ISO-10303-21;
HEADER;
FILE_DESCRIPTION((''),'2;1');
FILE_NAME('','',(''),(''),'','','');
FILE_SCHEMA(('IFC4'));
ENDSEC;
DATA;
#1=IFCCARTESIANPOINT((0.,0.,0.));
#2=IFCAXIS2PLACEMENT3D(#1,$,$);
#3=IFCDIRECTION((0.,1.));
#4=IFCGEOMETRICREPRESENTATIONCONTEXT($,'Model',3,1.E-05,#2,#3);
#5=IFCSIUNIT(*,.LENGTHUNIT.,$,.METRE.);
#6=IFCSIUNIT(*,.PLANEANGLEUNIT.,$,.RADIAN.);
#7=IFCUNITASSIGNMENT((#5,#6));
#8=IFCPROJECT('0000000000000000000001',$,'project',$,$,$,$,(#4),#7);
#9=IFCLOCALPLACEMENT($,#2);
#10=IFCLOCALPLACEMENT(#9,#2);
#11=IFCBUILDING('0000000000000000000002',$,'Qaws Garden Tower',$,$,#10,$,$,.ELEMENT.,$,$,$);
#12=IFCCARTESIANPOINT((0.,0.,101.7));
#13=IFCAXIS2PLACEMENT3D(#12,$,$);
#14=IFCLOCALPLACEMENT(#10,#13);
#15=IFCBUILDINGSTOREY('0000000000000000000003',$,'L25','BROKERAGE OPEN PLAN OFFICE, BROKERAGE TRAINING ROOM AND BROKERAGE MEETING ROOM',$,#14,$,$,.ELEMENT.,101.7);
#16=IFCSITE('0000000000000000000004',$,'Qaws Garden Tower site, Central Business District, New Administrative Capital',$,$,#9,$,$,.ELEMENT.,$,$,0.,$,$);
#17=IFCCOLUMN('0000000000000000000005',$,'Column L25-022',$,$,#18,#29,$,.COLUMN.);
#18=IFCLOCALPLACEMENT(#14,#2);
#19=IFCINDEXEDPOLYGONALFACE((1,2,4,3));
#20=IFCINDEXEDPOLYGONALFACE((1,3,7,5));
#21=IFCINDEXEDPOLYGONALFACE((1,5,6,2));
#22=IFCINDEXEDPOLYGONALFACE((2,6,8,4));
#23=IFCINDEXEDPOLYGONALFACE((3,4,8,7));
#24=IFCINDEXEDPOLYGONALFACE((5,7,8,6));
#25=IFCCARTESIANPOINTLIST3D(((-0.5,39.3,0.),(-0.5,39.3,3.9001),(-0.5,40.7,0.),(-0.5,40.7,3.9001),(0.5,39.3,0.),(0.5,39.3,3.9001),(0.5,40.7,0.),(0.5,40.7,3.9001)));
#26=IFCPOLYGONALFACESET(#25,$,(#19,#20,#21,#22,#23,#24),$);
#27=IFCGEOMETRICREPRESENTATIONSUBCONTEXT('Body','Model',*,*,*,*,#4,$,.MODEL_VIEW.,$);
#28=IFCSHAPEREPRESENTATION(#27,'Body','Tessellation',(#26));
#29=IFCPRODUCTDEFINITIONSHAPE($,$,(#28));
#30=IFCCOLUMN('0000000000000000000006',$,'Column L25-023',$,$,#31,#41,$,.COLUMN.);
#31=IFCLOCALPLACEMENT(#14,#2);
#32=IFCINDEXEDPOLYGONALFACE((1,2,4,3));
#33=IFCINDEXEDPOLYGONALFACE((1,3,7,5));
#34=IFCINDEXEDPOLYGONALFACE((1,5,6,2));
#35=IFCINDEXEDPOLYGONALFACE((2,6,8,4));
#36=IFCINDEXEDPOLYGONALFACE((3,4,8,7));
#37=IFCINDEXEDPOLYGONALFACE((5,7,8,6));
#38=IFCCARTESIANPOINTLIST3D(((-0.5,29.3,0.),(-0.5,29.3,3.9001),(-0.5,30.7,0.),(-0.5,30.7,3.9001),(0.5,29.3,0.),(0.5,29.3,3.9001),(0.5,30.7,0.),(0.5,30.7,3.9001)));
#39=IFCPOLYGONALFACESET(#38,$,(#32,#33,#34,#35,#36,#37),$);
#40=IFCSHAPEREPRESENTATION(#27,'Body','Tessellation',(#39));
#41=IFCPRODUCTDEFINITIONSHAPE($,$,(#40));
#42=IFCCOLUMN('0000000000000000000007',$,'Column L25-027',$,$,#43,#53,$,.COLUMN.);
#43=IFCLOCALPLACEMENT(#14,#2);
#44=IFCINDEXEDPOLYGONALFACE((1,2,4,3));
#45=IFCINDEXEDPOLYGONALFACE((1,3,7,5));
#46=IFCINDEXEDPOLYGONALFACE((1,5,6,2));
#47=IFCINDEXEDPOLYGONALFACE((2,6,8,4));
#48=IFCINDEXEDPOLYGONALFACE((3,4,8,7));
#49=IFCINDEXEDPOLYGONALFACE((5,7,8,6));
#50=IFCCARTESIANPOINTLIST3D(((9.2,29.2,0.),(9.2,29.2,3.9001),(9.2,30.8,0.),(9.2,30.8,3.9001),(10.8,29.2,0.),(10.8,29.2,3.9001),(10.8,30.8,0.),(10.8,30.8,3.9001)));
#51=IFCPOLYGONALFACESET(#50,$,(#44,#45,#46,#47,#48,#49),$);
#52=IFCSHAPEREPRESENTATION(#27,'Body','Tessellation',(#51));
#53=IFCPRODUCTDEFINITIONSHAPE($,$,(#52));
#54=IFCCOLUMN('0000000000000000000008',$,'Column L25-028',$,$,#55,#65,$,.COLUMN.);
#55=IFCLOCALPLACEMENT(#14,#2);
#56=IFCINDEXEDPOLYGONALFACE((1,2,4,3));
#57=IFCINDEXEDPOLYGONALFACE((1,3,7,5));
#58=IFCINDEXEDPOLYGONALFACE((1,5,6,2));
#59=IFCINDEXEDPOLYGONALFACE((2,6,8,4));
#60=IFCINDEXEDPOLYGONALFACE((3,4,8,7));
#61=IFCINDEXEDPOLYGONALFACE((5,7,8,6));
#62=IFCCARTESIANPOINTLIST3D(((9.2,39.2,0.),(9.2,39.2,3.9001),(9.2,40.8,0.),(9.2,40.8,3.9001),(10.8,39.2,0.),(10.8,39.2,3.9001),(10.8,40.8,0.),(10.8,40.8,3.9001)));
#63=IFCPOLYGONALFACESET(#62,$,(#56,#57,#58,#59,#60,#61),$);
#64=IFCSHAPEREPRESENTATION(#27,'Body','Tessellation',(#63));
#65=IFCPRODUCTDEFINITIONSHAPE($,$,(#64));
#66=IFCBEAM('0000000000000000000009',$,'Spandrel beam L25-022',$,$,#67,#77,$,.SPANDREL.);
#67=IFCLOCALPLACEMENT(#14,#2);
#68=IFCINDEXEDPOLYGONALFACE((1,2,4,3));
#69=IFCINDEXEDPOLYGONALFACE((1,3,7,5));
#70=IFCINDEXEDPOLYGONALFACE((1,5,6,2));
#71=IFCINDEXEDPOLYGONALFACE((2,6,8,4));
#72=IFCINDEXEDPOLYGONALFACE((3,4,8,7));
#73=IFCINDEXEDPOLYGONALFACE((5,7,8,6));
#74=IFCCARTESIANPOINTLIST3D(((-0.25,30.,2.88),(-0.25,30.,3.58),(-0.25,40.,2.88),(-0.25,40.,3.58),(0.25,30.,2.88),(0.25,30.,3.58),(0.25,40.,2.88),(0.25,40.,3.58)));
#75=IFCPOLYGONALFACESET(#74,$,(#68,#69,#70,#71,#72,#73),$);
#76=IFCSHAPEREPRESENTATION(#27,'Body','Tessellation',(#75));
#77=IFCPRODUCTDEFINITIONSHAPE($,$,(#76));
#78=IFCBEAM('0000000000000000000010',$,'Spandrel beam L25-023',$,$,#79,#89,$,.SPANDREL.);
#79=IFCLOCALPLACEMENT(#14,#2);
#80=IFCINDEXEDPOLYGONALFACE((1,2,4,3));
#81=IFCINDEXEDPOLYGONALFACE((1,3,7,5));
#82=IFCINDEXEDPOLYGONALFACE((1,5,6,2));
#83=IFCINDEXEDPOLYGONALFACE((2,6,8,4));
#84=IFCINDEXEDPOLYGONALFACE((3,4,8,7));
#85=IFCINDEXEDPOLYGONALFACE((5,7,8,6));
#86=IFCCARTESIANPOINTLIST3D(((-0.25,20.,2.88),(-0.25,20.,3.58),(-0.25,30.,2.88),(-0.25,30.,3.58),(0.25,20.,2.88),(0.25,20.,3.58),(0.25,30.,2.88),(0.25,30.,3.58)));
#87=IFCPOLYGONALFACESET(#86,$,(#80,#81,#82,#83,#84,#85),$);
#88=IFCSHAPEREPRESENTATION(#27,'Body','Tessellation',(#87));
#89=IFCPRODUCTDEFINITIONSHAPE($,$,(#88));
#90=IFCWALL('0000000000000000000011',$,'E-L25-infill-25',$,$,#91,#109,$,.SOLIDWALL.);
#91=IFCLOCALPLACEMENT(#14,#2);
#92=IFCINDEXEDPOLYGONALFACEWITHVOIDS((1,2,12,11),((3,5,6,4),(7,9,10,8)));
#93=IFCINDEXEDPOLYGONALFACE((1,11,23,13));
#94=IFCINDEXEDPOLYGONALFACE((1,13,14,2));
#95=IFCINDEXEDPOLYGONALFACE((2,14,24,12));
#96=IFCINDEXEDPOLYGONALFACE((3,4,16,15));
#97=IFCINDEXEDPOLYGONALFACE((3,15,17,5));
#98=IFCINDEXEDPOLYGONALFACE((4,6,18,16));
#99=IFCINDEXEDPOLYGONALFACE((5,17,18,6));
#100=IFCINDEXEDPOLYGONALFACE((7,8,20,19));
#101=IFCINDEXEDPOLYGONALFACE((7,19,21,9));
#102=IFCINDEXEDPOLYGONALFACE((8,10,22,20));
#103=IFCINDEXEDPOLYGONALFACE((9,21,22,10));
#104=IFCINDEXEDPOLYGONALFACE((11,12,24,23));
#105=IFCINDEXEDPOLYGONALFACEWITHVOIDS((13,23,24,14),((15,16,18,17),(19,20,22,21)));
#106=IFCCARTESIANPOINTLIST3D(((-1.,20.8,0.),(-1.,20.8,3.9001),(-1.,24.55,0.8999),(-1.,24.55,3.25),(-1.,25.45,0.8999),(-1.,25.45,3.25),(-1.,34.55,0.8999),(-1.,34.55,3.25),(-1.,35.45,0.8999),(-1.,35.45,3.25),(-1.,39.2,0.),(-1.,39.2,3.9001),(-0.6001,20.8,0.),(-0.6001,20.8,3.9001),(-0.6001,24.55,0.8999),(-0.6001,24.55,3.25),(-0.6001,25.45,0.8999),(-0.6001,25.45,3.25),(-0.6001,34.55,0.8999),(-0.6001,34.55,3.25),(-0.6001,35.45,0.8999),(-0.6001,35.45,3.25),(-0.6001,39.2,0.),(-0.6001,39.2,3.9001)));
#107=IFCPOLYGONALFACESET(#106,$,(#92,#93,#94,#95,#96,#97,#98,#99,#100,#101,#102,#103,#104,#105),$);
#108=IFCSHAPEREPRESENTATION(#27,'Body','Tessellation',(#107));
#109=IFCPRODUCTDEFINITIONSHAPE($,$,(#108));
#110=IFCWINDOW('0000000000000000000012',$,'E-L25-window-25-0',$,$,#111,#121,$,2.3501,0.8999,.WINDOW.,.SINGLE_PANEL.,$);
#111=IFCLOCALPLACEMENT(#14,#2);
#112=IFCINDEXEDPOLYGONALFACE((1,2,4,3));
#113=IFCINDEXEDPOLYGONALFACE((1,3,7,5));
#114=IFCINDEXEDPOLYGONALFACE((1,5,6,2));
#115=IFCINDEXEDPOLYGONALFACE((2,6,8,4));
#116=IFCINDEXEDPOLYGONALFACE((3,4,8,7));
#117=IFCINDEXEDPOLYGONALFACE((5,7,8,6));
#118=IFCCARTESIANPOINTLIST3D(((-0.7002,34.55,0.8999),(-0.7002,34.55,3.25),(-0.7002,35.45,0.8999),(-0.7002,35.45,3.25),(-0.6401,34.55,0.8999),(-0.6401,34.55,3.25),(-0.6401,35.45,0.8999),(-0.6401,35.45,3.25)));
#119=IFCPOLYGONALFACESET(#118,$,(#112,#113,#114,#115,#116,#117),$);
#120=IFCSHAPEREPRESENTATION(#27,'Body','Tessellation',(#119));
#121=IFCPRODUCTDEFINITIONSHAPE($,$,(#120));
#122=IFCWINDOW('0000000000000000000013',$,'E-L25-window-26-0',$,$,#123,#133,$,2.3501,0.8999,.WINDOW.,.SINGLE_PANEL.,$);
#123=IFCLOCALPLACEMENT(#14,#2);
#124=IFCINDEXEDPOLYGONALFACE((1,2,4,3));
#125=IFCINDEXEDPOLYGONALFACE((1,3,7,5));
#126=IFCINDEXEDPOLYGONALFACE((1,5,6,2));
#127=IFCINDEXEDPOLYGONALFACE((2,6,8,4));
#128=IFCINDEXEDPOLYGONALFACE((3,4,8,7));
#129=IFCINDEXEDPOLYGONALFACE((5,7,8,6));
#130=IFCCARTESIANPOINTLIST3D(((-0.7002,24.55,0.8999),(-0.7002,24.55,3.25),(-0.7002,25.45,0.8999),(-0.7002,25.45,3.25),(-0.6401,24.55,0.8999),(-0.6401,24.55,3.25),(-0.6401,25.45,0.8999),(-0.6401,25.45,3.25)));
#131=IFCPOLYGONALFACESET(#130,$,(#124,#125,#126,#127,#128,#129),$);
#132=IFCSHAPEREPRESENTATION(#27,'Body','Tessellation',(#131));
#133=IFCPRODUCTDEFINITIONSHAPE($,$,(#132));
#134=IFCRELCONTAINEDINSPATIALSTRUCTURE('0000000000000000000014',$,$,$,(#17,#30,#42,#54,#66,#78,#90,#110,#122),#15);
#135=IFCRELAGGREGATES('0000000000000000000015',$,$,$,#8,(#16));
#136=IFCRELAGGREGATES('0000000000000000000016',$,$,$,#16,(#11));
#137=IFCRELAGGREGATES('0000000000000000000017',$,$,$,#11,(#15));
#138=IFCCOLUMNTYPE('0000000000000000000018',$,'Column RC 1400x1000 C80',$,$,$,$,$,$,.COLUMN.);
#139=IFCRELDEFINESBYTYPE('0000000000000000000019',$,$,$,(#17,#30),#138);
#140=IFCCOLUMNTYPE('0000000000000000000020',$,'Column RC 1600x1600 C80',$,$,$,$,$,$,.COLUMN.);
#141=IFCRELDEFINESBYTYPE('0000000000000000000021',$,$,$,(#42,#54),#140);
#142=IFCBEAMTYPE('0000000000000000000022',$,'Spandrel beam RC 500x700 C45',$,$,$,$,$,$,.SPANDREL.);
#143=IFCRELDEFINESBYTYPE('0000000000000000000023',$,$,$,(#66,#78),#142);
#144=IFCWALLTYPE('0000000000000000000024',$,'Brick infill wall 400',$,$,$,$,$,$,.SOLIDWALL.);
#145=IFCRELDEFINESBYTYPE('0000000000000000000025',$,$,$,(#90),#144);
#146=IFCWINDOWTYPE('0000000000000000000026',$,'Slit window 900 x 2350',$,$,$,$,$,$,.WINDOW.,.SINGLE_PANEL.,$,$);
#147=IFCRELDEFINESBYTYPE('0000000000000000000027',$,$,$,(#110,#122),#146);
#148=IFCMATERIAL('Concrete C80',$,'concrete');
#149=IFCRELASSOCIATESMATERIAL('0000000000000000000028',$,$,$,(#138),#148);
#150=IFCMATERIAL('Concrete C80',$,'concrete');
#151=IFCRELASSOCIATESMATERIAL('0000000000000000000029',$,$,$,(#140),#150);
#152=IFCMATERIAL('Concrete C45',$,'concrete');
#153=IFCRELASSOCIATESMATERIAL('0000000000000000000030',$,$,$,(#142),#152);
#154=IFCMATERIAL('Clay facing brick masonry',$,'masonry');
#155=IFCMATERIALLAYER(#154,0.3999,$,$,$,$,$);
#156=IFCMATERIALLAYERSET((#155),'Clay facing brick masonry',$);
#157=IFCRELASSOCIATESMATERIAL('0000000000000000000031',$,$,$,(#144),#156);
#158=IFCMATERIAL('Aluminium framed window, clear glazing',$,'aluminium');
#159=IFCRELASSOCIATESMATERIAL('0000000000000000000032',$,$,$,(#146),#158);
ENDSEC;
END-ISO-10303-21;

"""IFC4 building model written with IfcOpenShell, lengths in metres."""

from ifc_helpers import new_model, si_unit, direction, frame, frame_2d, origin, origin_2d, place, context, subcontext, project, spatial, rectangle, extrude, material, layer, layer_set, material_profile, profile_set, type_object, element, fill, save


model = new_model("IFC4")

# Units and contexts
model_context = context("Model", 3, precision=1e-05, world=origin(), true_north=direction((0.0, 1.0)))
body_context = subcontext(model_context, "Body", "Model", "MODEL_VIEW")
ifc_project = project(units=[si_unit("LENGTHUNIT", "METRE"), si_unit("PLANEANGLEUNIT", "RADIAN")], contexts=[model_context])

# Site, building, storey
site_placement = place(None, origin())
site = spatial("IfcSite", under=ifc_project, at=site_placement, Name="Qaws Garden Tower site, Central Business District, New Administrative Capital", CompositionType="ELEMENT", RefElevation=0.0)
building_placement = place(site_placement, origin())
building = spatial("IfcBuilding", under=site, at=building_placement, Name="Qaws Garden Tower", CompositionType="ELEMENT")
storey_placement = place(building_placement, frame((0.0, 0.0, 101.7)))
storey = spatial("IfcBuildingStorey", under=building, at=storey_placement, Name="L25", Description="BROKERAGE OPEN PLAN OFFICE, BROKERAGE TRAINING ROOM AND BROKERAGE MEETING ROOM", CompositionType="ELEMENT", Elevation=101.7)

# Columns
ifc_material_1 = material(Name="Concrete C80", Category="concrete")
ifc_material_profile_1 = material_profile(ifc_material_1, rectangle(XDim=1.3999, YDim=1.0, at=origin_2d()), Name="RC 1400x1000")
ifc_profile_set_1 = profile_set([ifc_material_profile_1], Name="Concrete C80")
column_type_1 = type_object("IfcColumnType", Name="Column RC 1400x1000 C80", PredefinedType="COLUMN", material=ifc_profile_set_1)
for number, where, z_axis, x_axis, name in (
    (1, (0.0, 40.0, 0.0), (0.0, 0.0, 1.0), (0.0, 1.0, 0.0), "Column L25-022"),
    (2, (0.0, 30.0, 0.0), (0.0, 0.0, 1.0), (0.0, 1.0, 0.0), "Column L25-023"),
):
    element("IfcColumn", number, at=place(storey_placement, frame(where, z_axis=z_axis, x_axis=x_axis)), inside=storey, type_object=column_type_1, Name=name, PredefinedType="COLUMN", context=body_context, shape_type="SweptSolid", body=[
        extrude(rectangle(XDim=1.3999, YDim=1.0, at=origin_2d()), origin(), (0.0, 0.0, 1.0), 3.9001),
    ])
ifc_material_2 = material(Name="Concrete C80", Category="concrete")
ifc_material_profile_2 = material_profile(ifc_material_2, rectangle(XDim=1.6001, YDim=1.6001, at=origin_2d()), Name="RC 1600x1600")
ifc_profile_set_2 = profile_set([ifc_material_profile_2], Name="Concrete C80")
column_type_2 = type_object("IfcColumnType", Name="Column RC 1600x1600 C80", PredefinedType="COLUMN", material=ifc_profile_set_2)
for number, where, z_axis, x_axis, name in (
    (3, (10.0, 30.0, 0.0), (0.0, 0.0, 1.0), (1.0, 0.0, 0.0), "Column L25-027"),
    (4, (10.0, 40.0, 0.0), (0.0, 0.0, 1.0), (1.0, 0.0, 0.0), "Column L25-028"),
):
    element("IfcColumn", number, at=place(storey_placement, frame(where, z_axis=z_axis, x_axis=x_axis)), inside=storey, type_object=column_type_2, Name=name, PredefinedType="COLUMN", context=body_context, shape_type="SweptSolid", body=[
        extrude(rectangle(XDim=1.6001, YDim=1.6001, at=origin_2d()), origin(), (0.0, 0.0, 1.0), 3.9001),
    ])

# Beams
ifc_material_3 = material(Name="Concrete C45", Category="concrete")
ifc_material_profile_3 = material_profile(ifc_material_3, rectangle(XDim=0.5, YDim=0.7, at=origin_2d()), Name="RC 500x700")
ifc_profile_set_3 = profile_set([ifc_material_profile_3], Name="Concrete C45")
beam_type = type_object("IfcBeamType", Name="Spandrel beam RC 500x700 C45", PredefinedType="SPANDREL", material=ifc_profile_set_3)
for number, where, z_axis, x_axis, name in (
    (5, (0.0, 40.0, 3.23), (0.0, -1.0, 0.0), (1.0, 0.0, 0.0), "Spandrel beam L25-022"),
    (6, (0.0, 30.0, 3.23), (0.0, -1.0, 0.0), (1.0, 0.0, 0.0), "Spandrel beam L25-023"),
):
    element("IfcBeam", number, at=place(storey_placement, frame(where, z_axis=z_axis, x_axis=x_axis)), inside=storey, type_object=beam_type, Name=name, PredefinedType="SPANDREL", context=body_context, shape_type="SweptSolid", body=[
        extrude(rectangle(XDim=0.5, YDim=0.7, at=origin_2d()), origin(), (0.0, 0.0, 1.0), 10.0),
    ])

# Wall, openings, windows
ifc_material_4 = material(Name="Clay facing brick masonry", Category="masonry")
ifc_layer_1 = layer(ifc_material_4, 0.3999)
ifc_layer_set_1 = layer_set([ifc_layer_1], Name="Clay facing brick masonry")
wall_type_1 = type_object("IfcWallType", Name="Brick infill wall 400", PredefinedType="SOLIDWALL", material=ifc_layer_set_1)
wall_1_placement = place(storey_placement, frame((-0.8, 39.2, 0.0), z_axis=(0.0, 0.0, 1.0), x_axis=(0.0, -1.0, 0.0)))
wall_1 = element("IfcWall", 7, at=wall_1_placement, inside=storey, type_object=wall_type_1, Name="E-L25-infill-25", PredefinedType="SOLIDWALL", context=body_context, shape_type="SweptSolid", body=[
    extrude(rectangle(XDim=18.3999, YDim=0.3999, at=frame_2d((9.2, 0.0))), origin(), (0.0, 0.0, 1.0), 3.9001),
])
opening_1_placement = place(wall_1_placement, frame((3.75, 0.0, 0.8999)))
opening_1 = element("IfcOpeningElement", 8, at=opening_1_placement, cuts=wall_1, PredefinedType="OPENING", context=body_context, shape_type="SweptSolid", body=[
    extrude(rectangle(XDim=0.8999, YDim=2.3501, at=frame_2d((0.45, 1.175))), frame((0.0, 0.21, 0.0), z_axis=(0.0, -1.0, 0.0), x_axis=(1.0, 0.0, 0.0)), (0.0, 0.0, 1.0), 0.4199),
])
opening_2_placement = place(wall_1_placement, frame((13.75, 0.0, 0.8999)))
opening_2 = element("IfcOpeningElement", 9, at=opening_2_placement, cuts=wall_1, PredefinedType="OPENING", context=body_context, shape_type="SweptSolid", body=[
    extrude(rectangle(XDim=0.8999, YDim=2.3501, at=frame_2d((0.45, 1.175))), frame((0.0, 0.21, 0.0), z_axis=(0.0, -1.0, 0.0), x_axis=(1.0, 0.0, 0.0)), (0.0, 0.0, 1.0), 0.4199),
])
ifc_material_5 = material(Name="Aluminium framed window, clear glazing", Category="aluminium")
window_type = type_object("IfcWindowType", Name="Slit window 900 x 2350", PartitioningType="SINGLE_PANEL", PredefinedType="WINDOW", material=ifc_material_5)
window_1_placement = place(opening_1_placement, origin())
window_1 = element("IfcWindow", 10, at=window_1_placement, inside=storey, type_object=window_type, Name="E-L25-window-25-0", OverallHeight=2.3501, OverallWidth=0.8999, PartitioningType="SINGLE_PANEL", PredefinedType="WINDOW", context=body_context, shape_type="SweptSolid", body=[
    extrude(rectangle(XDim=0.8999, YDim=2.3501, at=frame_2d((0.45, 1.175))), frame((0.0, 0.1599, 0.0), z_axis=(0.0, -1.0, 0.0), x_axis=(1.0, 0.0, 0.0)), (0.0, 0.0, 1.0), 0.0601),
])
fill(opening_1, window_1)
window_2_placement = place(opening_2_placement, origin())
window_2 = element("IfcWindow", 11, at=window_2_placement, inside=storey, type_object=window_type, Name="E-L25-window-26-0", OverallHeight=2.3501, OverallWidth=0.8999, PartitioningType="SINGLE_PANEL", PredefinedType="WINDOW", context=body_context, shape_type="SweptSolid", body=[
    extrude(rectangle(XDim=0.8999, YDim=2.3501, at=frame_2d((0.45, 1.175))), frame((0.0, 0.1599, 0.0), z_axis=(0.0, -1.0, 0.0), x_axis=(1.0, 0.0, 0.0)), (0.0, 0.0, 1.0), 0.0601),
])
fill(opening_2, window_2)

save(model, "model.ifc")
